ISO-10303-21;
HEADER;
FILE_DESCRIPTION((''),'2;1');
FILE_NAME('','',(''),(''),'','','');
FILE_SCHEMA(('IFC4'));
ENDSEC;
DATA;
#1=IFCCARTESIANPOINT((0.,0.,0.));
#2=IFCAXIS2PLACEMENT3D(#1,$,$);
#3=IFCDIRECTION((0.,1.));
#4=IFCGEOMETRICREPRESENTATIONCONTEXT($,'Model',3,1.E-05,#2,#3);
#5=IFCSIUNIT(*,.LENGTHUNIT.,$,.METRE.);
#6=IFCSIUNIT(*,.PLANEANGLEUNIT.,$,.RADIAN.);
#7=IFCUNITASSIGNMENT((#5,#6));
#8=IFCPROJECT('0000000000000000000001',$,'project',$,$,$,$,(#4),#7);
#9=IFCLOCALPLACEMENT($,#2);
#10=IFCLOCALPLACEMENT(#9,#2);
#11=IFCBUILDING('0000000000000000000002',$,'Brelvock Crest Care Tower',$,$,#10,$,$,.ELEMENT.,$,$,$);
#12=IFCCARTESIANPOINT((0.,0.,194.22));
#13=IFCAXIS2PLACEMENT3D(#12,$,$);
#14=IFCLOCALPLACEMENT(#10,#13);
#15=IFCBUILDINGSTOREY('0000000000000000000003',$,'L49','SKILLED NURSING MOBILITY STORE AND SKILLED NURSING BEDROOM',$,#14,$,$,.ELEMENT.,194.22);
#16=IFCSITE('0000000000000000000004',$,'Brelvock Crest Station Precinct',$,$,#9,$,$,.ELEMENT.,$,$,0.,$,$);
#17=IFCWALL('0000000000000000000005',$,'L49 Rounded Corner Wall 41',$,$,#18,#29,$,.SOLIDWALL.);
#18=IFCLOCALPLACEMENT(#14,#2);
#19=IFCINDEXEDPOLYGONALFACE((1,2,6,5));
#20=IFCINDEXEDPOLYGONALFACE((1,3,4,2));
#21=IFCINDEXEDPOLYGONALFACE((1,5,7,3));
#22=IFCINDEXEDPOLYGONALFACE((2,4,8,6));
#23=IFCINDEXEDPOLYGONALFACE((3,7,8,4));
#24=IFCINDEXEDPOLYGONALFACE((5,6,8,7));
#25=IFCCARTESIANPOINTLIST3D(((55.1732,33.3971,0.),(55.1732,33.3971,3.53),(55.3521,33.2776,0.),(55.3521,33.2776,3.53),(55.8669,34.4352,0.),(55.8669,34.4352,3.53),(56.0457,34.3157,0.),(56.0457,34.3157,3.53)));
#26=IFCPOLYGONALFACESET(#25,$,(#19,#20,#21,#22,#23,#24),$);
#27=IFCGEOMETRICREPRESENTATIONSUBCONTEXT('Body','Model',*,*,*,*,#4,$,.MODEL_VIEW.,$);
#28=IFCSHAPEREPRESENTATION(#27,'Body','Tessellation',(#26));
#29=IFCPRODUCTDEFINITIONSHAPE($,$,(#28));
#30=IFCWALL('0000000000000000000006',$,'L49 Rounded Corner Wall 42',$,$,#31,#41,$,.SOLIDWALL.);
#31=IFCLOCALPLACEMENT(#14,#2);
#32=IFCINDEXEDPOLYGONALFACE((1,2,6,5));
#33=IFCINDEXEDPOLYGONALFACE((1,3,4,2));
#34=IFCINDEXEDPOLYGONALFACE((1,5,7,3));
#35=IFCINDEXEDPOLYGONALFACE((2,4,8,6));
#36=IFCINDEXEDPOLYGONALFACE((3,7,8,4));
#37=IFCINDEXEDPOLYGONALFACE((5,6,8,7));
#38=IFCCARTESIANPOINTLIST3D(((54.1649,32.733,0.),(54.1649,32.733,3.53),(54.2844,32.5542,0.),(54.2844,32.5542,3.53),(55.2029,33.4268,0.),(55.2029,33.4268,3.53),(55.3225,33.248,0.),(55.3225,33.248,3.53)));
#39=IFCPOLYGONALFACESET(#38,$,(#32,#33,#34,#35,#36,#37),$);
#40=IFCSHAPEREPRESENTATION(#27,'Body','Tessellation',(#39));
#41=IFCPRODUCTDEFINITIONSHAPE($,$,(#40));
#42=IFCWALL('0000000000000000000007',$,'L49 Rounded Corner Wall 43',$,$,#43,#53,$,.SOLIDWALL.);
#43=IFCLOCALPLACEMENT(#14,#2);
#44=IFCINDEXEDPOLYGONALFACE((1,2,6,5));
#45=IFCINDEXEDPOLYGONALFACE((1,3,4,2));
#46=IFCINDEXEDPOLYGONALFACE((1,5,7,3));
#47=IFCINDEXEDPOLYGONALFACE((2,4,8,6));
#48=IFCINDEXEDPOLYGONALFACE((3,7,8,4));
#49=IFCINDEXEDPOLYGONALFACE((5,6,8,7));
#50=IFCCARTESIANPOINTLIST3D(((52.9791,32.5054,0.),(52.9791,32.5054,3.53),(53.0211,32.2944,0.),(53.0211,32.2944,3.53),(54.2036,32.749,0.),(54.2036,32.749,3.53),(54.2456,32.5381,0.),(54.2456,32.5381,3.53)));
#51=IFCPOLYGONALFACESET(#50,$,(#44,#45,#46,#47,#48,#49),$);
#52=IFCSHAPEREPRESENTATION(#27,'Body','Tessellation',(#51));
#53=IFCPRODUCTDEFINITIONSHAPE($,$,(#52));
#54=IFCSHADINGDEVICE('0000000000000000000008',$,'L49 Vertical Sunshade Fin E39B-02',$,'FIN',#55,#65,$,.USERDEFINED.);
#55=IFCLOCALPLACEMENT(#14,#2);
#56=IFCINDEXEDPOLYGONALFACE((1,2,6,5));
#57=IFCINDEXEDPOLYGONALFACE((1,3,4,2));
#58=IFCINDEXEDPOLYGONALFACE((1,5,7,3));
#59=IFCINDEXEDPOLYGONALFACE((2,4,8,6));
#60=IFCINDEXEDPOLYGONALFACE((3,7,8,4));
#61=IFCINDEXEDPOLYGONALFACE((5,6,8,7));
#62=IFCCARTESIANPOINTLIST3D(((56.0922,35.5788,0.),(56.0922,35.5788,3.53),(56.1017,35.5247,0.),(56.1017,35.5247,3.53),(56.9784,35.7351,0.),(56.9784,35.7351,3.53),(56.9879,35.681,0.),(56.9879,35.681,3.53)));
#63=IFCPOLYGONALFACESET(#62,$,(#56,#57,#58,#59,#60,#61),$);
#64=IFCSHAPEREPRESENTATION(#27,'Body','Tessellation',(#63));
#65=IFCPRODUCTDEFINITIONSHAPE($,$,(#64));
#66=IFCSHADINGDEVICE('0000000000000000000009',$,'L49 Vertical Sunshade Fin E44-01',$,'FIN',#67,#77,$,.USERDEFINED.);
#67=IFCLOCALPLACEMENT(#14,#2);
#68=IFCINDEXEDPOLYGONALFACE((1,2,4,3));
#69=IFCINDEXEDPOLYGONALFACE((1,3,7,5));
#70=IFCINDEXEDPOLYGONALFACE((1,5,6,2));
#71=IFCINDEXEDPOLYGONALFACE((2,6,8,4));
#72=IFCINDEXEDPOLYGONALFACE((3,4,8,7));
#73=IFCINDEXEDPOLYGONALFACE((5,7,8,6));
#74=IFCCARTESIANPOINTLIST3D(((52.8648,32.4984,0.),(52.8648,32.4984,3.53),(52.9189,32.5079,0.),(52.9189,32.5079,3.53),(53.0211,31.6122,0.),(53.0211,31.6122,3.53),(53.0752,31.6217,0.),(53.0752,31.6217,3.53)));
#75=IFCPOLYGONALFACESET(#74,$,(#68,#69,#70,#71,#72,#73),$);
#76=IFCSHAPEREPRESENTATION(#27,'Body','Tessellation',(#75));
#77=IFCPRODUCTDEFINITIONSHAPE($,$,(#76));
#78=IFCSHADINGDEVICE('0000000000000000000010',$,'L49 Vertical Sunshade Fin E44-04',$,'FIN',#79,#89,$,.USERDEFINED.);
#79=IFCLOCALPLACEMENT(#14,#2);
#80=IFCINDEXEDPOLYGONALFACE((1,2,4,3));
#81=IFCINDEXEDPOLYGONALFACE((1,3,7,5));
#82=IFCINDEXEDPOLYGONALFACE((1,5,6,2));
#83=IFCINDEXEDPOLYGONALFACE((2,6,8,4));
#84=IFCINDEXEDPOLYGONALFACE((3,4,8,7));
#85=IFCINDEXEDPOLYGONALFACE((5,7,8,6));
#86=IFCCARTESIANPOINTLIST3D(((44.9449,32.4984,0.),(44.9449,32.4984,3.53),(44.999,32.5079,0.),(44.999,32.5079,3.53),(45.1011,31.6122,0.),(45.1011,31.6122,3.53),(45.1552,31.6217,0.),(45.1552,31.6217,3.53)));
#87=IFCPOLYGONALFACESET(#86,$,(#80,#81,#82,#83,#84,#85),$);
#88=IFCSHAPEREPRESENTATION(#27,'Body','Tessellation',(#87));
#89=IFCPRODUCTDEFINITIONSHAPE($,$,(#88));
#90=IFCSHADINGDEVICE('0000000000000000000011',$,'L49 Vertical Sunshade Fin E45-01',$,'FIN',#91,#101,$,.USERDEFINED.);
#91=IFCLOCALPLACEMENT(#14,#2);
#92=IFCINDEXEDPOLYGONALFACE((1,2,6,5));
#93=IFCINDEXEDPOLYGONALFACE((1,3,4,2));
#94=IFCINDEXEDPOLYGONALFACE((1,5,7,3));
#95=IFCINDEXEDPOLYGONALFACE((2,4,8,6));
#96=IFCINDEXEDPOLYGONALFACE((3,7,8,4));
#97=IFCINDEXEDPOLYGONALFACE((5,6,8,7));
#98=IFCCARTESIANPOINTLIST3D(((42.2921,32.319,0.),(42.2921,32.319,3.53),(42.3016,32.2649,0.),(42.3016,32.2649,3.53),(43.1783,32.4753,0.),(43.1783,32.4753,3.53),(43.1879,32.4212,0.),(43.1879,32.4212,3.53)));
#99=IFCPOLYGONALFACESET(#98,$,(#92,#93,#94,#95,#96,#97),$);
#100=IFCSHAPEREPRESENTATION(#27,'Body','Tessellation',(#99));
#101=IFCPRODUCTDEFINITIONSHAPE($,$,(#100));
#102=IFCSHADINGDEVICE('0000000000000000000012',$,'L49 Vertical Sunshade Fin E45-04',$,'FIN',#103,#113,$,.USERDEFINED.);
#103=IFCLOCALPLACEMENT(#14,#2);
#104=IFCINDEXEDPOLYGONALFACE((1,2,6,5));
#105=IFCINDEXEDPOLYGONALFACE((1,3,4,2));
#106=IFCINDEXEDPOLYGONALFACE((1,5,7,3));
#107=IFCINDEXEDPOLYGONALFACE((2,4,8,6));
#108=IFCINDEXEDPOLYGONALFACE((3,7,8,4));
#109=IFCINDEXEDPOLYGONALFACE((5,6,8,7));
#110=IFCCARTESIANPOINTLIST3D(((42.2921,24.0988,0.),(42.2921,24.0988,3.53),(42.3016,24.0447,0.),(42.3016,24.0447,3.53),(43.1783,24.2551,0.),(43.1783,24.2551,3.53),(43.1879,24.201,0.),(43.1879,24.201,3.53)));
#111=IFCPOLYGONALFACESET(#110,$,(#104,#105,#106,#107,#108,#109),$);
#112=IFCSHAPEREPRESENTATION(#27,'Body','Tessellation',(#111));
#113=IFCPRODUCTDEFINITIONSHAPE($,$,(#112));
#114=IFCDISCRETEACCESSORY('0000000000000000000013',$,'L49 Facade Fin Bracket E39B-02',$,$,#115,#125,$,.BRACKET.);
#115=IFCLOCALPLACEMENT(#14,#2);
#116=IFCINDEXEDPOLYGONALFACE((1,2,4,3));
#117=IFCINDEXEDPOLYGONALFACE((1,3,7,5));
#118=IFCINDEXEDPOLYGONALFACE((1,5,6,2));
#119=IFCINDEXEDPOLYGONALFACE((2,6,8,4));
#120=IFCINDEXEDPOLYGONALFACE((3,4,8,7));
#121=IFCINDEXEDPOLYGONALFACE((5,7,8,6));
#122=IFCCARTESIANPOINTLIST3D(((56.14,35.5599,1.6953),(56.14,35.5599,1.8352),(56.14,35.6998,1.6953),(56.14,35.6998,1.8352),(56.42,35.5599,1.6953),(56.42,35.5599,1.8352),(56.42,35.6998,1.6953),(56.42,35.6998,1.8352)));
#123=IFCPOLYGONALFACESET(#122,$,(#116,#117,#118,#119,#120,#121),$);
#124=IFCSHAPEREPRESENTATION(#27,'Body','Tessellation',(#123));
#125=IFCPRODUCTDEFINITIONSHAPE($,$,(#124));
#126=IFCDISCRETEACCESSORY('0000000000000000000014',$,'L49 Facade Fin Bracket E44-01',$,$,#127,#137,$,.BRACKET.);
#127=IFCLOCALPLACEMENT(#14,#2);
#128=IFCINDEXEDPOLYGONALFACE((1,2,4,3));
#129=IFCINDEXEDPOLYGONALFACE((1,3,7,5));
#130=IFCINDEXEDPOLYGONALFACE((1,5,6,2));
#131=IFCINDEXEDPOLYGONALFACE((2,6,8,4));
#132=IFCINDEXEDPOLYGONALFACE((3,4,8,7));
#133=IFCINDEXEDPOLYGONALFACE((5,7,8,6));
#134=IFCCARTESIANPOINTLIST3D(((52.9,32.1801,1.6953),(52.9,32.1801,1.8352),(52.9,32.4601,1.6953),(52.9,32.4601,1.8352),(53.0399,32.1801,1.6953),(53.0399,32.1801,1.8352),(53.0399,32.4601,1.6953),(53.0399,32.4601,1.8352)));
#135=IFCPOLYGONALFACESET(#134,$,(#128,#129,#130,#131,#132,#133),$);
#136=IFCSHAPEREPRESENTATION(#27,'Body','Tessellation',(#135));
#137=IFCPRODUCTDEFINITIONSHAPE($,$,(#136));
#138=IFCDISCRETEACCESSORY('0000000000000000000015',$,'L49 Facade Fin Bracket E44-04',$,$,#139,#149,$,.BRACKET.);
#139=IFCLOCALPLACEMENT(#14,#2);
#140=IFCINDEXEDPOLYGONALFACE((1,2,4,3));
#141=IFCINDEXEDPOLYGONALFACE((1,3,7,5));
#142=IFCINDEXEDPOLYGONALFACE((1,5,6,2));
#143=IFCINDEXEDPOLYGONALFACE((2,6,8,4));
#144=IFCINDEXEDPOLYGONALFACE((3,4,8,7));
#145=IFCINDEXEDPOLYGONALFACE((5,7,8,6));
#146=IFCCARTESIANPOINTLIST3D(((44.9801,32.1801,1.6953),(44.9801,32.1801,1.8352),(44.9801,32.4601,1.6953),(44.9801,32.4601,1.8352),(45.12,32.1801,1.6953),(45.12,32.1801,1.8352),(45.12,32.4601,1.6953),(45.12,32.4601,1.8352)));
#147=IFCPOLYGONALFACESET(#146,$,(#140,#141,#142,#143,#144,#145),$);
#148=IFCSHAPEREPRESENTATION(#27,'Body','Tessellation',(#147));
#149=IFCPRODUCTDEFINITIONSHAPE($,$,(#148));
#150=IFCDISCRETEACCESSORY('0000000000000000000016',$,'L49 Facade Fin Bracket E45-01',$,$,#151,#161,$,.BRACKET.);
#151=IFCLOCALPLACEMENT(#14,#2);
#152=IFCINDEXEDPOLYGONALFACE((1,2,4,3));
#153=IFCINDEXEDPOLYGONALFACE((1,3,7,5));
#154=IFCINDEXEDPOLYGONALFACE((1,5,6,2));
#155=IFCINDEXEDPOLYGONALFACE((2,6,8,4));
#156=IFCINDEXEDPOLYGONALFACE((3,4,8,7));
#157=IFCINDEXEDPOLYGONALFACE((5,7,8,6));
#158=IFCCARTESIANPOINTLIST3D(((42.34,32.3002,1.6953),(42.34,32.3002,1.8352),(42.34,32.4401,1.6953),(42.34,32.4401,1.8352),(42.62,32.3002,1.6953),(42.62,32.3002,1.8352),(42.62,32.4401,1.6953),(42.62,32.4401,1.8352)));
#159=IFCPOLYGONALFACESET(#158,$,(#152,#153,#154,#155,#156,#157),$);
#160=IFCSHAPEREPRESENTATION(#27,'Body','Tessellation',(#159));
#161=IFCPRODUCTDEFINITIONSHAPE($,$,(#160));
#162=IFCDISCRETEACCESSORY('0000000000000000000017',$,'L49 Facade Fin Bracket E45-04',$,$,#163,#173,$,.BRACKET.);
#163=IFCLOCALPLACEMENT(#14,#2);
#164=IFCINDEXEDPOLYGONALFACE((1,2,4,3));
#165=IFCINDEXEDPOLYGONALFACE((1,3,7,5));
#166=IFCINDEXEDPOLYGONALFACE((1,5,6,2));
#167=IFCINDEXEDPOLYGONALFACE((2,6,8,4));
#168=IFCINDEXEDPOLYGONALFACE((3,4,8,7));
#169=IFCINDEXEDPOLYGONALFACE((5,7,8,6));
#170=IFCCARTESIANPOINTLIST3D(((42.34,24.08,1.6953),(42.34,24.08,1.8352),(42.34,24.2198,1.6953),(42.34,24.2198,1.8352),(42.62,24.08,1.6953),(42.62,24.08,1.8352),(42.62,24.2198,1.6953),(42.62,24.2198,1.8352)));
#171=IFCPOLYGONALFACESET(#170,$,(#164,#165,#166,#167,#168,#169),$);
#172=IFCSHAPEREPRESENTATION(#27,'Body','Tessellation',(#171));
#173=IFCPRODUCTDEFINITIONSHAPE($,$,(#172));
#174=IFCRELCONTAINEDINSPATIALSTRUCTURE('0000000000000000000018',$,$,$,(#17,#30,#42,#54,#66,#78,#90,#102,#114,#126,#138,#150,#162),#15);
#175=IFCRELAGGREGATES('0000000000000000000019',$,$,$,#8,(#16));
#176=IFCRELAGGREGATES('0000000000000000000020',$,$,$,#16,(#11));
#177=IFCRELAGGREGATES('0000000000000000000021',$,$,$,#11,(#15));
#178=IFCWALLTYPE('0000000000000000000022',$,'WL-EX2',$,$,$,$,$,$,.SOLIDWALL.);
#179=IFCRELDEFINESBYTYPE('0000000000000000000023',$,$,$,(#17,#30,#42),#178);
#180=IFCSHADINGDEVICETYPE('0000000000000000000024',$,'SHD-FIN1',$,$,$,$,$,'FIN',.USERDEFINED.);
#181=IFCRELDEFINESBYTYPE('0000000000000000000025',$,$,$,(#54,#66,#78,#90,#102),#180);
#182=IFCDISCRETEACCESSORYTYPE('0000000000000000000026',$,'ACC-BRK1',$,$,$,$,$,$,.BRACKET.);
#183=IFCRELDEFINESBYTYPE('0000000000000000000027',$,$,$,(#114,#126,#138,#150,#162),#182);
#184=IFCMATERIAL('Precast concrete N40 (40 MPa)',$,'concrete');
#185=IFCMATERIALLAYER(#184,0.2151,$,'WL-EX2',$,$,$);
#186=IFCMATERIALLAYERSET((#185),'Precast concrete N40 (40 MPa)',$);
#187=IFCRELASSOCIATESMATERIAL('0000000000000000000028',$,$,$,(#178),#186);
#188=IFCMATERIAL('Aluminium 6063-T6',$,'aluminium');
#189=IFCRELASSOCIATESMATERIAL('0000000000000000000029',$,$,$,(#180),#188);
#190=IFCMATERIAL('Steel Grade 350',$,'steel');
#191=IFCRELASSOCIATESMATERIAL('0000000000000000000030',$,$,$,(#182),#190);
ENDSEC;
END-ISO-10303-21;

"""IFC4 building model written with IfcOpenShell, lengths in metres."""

from ifc_helpers import new_model, si_unit, direction, frame, frame_2d, origin, origin_2d, place, context, subcontext, project, spatial, rectangle, extrude, source, transform, mapped, material, layer, layer_set, material_profile, profile_set, type_object, element, save


model = new_model("IFC4")

# Units and contexts
model_context = context("Model", 3, precision=1e-05, world=origin(), true_north=direction((0.0, 1.0)))
body_context = subcontext(model_context, "Body", "Model", "MODEL_VIEW")
ifc_project = project(units=[si_unit("LENGTHUNIT", "METRE"), si_unit("PLANEANGLEUNIT", "RADIAN")], contexts=[model_context])

# Site, building, storey
site_placement = place(None, origin())
site = spatial("IfcSite", under=ifc_project, at=site_placement, Name="Brelvock Crest Station Precinct", CompositionType="ELEMENT", RefElevation=0.0)
building_placement = place(site_placement, origin())
building = spatial("IfcBuilding", under=site, at=building_placement, Name="Brelvock Crest Care Tower", CompositionType="ELEMENT")
storey_placement = place(building_placement, frame((0.0, 0.0, 194.22)))
storey = spatial("IfcBuildingStorey", under=building, at=storey_placement, Name="L49", Description="SKILLED NURSING MOBILITY STORE AND SKILLED NURSING BEDROOM", CompositionType="ELEMENT", Elevation=194.22)

# Shared definitions
ifc_material_1 = material(Name="Steel Grade 350", Category="steel")

# Shared definitions
ifc_material_2 = material(Name="Aluminium 6063-T6", Category="aluminium")

# Walls
ifc_material_3 = material(Name="Precast concrete N40 (40 MPa)", Category="concrete")
ifc_layer_1 = layer(ifc_material_3, 0.2151, Name="WL-EX2")
ifc_layer_set_1 = layer_set([ifc_layer_1], Name="Precast concrete N40 (40 MPa)")
wall_type = type_object("IfcWallType", Name="WL-EX2", PredefinedType="SOLIDWALL", material=ifc_layer_set_1)
for number, where, z_axis, x_axis, name in (
    (1, (55.9563, 34.3755, 0.0), (0.0, 0.0, 1.0), (-0.555557, -0.831478, 0.0), "L49 Rounded Corner Wall 41"),
    (2, (55.2627, 33.3374, 0.0), (0.0, 0.0, 1.0), (-0.831388, -0.555692, 0.0), "L49 Rounded Corner Wall 42"),
    (3, (54.2246, 32.6436, 0.0), (0.0, 0.0, 1.0), (-0.980776, -0.195138, 0.0), "L49 Rounded Corner Wall 43"),
):
    element("IfcWall", number, at=place(storey_placement, frame(where, z_axis=z_axis, x_axis=x_axis)), inside=storey, type_object=wall_type, Name=name, PredefinedType="SOLIDWALL", context=body_context, shape_type="SweptSolid", body=[
        extrude(rectangle(XDim=1.2485, YDim=0.2151, at=frame_2d((0.6243, 0.0))), origin(), (0.0, 0.0, 1.0), 3.53),
    ])

# Shading devices
ifc_material_profile_1 = material_profile(ifc_material_2, rectangle(XDim=0.0549, YDim=0.8999, at=origin_2d()), Name="FIN55x900")
ifc_profile_set_1 = profile_set([ifc_material_profile_1], Name="Aluminium 6063-T6")
shading_device_type = type_object("IfcShadingDeviceType", Name="SHD-FIN1", ElementType="FIN", PredefinedType="USERDEFINED", material=ifc_profile_set_1)
shared_shape_1 = source(origin(), body_context, "Body", "SweptSolid", [
    extrude(rectangle(XDim=0.0549, YDim=0.8999, at=origin_2d()), origin(), (0.0, 0.0, 1.0), 3.53),
])
for number, where, z_axis, x_axis, name in (
    (4, (56.54, 35.6299, 0.0), (0.0, 0.0, 1.0), (0.173648, -0.984808, 0.0), "L49 Vertical Sunshade Fin E39B-02"),
    (5, (52.97, 32.0601, 0.0), (0.0, 0.0, 1.0), (-0.984808, -0.173648, 0.0), "L49 Vertical Sunshade Fin E44-01"),
    (6, (45.05, 32.0601, 0.0), (0.0, 0.0, 1.0), (-0.984808, -0.173648, 0.0), "L49 Vertical Sunshade Fin E44-04"),
    (7, (42.74, 32.3701, 0.0), (0.0, 0.0, 1.0), (0.173648, -0.984808, 0.0), "L49 Vertical Sunshade Fin E45-01"),
    (8, (42.74, 24.1499, 0.0), (0.0, 0.0, 1.0), (0.173648, -0.984808, 0.0), "L49 Vertical Sunshade Fin E45-04"),
):
    element("IfcShadingDevice", number, at=place(storey_placement, frame(where, z_axis=z_axis, x_axis=x_axis)), inside=storey, type_object=shading_device_type, Name=name, ObjectType="FIN", PredefinedType="USERDEFINED", context=body_context, shape_type="MappedRepresentation", body=[
        mapped(shared_shape_1, transform((0.0, 0.0, 0.0), x_axis=(1.0, 0.0, 0.0), y_axis=(0.0, 1.0, 0.0), z_axis=(0.0, 0.0, 1.0), scale=1.0)),
    ])

# Discrete accessories
discrete_accessory_type = type_object("IfcDiscreteAccessoryType", Name="ACC-BRK1", PredefinedType="BRACKET", material=ifc_material_1)
shared_shape_2 = source(origin(), body_context, "Body", "SweptSolid", [
    extrude(rectangle(XDim=0.28, YDim=0.1399, at=origin_2d()), origin(), (0.0, 0.0, 1.0), 0.1399),
])
for number, where, z_axis, x_axis, name in (
    (9, (56.28, 35.6299, 1.6953), (0.0, 0.0, 1.0), (1.0, 0.0, 0.0), "L49 Facade Fin Bracket E39B-02"),
    (10, (52.97, 32.3201, 1.6953), (0.0, 0.0, 1.0), (0.0, -1.0, 0.0), "L49 Facade Fin Bracket E44-01"),
    (11, (45.05, 32.3201, 1.6953), (0.0, 0.0, 1.0), (0.0, -1.0, 0.0), "L49 Facade Fin Bracket E44-04"),
    (12, (42.48, 32.3701, 1.6953), (0.0, 0.0, 1.0), (1.0, 0.0, 0.0), "L49 Facade Fin Bracket E45-01"),
    (13, (42.48, 24.1499, 1.6953), (0.0, 0.0, 1.0), (1.0, 0.0, 0.0), "L49 Facade Fin Bracket E45-04"),
):
    element("IfcDiscreteAccessory", number, at=place(storey_placement, frame(where, z_axis=z_axis, x_axis=x_axis)), inside=storey, type_object=discrete_accessory_type, Name=name, PredefinedType="BRACKET", context=body_context, shape_type="MappedRepresentation", body=[
        mapped(shared_shape_2, transform((0.0, 0.0, 0.0), x_axis=(1.0, 0.0, 0.0), y_axis=(0.0, 1.0, 0.0), z_axis=(0.0, 0.0, 1.0), scale=1.0)),
    ])

save(model, "model.ifc")
